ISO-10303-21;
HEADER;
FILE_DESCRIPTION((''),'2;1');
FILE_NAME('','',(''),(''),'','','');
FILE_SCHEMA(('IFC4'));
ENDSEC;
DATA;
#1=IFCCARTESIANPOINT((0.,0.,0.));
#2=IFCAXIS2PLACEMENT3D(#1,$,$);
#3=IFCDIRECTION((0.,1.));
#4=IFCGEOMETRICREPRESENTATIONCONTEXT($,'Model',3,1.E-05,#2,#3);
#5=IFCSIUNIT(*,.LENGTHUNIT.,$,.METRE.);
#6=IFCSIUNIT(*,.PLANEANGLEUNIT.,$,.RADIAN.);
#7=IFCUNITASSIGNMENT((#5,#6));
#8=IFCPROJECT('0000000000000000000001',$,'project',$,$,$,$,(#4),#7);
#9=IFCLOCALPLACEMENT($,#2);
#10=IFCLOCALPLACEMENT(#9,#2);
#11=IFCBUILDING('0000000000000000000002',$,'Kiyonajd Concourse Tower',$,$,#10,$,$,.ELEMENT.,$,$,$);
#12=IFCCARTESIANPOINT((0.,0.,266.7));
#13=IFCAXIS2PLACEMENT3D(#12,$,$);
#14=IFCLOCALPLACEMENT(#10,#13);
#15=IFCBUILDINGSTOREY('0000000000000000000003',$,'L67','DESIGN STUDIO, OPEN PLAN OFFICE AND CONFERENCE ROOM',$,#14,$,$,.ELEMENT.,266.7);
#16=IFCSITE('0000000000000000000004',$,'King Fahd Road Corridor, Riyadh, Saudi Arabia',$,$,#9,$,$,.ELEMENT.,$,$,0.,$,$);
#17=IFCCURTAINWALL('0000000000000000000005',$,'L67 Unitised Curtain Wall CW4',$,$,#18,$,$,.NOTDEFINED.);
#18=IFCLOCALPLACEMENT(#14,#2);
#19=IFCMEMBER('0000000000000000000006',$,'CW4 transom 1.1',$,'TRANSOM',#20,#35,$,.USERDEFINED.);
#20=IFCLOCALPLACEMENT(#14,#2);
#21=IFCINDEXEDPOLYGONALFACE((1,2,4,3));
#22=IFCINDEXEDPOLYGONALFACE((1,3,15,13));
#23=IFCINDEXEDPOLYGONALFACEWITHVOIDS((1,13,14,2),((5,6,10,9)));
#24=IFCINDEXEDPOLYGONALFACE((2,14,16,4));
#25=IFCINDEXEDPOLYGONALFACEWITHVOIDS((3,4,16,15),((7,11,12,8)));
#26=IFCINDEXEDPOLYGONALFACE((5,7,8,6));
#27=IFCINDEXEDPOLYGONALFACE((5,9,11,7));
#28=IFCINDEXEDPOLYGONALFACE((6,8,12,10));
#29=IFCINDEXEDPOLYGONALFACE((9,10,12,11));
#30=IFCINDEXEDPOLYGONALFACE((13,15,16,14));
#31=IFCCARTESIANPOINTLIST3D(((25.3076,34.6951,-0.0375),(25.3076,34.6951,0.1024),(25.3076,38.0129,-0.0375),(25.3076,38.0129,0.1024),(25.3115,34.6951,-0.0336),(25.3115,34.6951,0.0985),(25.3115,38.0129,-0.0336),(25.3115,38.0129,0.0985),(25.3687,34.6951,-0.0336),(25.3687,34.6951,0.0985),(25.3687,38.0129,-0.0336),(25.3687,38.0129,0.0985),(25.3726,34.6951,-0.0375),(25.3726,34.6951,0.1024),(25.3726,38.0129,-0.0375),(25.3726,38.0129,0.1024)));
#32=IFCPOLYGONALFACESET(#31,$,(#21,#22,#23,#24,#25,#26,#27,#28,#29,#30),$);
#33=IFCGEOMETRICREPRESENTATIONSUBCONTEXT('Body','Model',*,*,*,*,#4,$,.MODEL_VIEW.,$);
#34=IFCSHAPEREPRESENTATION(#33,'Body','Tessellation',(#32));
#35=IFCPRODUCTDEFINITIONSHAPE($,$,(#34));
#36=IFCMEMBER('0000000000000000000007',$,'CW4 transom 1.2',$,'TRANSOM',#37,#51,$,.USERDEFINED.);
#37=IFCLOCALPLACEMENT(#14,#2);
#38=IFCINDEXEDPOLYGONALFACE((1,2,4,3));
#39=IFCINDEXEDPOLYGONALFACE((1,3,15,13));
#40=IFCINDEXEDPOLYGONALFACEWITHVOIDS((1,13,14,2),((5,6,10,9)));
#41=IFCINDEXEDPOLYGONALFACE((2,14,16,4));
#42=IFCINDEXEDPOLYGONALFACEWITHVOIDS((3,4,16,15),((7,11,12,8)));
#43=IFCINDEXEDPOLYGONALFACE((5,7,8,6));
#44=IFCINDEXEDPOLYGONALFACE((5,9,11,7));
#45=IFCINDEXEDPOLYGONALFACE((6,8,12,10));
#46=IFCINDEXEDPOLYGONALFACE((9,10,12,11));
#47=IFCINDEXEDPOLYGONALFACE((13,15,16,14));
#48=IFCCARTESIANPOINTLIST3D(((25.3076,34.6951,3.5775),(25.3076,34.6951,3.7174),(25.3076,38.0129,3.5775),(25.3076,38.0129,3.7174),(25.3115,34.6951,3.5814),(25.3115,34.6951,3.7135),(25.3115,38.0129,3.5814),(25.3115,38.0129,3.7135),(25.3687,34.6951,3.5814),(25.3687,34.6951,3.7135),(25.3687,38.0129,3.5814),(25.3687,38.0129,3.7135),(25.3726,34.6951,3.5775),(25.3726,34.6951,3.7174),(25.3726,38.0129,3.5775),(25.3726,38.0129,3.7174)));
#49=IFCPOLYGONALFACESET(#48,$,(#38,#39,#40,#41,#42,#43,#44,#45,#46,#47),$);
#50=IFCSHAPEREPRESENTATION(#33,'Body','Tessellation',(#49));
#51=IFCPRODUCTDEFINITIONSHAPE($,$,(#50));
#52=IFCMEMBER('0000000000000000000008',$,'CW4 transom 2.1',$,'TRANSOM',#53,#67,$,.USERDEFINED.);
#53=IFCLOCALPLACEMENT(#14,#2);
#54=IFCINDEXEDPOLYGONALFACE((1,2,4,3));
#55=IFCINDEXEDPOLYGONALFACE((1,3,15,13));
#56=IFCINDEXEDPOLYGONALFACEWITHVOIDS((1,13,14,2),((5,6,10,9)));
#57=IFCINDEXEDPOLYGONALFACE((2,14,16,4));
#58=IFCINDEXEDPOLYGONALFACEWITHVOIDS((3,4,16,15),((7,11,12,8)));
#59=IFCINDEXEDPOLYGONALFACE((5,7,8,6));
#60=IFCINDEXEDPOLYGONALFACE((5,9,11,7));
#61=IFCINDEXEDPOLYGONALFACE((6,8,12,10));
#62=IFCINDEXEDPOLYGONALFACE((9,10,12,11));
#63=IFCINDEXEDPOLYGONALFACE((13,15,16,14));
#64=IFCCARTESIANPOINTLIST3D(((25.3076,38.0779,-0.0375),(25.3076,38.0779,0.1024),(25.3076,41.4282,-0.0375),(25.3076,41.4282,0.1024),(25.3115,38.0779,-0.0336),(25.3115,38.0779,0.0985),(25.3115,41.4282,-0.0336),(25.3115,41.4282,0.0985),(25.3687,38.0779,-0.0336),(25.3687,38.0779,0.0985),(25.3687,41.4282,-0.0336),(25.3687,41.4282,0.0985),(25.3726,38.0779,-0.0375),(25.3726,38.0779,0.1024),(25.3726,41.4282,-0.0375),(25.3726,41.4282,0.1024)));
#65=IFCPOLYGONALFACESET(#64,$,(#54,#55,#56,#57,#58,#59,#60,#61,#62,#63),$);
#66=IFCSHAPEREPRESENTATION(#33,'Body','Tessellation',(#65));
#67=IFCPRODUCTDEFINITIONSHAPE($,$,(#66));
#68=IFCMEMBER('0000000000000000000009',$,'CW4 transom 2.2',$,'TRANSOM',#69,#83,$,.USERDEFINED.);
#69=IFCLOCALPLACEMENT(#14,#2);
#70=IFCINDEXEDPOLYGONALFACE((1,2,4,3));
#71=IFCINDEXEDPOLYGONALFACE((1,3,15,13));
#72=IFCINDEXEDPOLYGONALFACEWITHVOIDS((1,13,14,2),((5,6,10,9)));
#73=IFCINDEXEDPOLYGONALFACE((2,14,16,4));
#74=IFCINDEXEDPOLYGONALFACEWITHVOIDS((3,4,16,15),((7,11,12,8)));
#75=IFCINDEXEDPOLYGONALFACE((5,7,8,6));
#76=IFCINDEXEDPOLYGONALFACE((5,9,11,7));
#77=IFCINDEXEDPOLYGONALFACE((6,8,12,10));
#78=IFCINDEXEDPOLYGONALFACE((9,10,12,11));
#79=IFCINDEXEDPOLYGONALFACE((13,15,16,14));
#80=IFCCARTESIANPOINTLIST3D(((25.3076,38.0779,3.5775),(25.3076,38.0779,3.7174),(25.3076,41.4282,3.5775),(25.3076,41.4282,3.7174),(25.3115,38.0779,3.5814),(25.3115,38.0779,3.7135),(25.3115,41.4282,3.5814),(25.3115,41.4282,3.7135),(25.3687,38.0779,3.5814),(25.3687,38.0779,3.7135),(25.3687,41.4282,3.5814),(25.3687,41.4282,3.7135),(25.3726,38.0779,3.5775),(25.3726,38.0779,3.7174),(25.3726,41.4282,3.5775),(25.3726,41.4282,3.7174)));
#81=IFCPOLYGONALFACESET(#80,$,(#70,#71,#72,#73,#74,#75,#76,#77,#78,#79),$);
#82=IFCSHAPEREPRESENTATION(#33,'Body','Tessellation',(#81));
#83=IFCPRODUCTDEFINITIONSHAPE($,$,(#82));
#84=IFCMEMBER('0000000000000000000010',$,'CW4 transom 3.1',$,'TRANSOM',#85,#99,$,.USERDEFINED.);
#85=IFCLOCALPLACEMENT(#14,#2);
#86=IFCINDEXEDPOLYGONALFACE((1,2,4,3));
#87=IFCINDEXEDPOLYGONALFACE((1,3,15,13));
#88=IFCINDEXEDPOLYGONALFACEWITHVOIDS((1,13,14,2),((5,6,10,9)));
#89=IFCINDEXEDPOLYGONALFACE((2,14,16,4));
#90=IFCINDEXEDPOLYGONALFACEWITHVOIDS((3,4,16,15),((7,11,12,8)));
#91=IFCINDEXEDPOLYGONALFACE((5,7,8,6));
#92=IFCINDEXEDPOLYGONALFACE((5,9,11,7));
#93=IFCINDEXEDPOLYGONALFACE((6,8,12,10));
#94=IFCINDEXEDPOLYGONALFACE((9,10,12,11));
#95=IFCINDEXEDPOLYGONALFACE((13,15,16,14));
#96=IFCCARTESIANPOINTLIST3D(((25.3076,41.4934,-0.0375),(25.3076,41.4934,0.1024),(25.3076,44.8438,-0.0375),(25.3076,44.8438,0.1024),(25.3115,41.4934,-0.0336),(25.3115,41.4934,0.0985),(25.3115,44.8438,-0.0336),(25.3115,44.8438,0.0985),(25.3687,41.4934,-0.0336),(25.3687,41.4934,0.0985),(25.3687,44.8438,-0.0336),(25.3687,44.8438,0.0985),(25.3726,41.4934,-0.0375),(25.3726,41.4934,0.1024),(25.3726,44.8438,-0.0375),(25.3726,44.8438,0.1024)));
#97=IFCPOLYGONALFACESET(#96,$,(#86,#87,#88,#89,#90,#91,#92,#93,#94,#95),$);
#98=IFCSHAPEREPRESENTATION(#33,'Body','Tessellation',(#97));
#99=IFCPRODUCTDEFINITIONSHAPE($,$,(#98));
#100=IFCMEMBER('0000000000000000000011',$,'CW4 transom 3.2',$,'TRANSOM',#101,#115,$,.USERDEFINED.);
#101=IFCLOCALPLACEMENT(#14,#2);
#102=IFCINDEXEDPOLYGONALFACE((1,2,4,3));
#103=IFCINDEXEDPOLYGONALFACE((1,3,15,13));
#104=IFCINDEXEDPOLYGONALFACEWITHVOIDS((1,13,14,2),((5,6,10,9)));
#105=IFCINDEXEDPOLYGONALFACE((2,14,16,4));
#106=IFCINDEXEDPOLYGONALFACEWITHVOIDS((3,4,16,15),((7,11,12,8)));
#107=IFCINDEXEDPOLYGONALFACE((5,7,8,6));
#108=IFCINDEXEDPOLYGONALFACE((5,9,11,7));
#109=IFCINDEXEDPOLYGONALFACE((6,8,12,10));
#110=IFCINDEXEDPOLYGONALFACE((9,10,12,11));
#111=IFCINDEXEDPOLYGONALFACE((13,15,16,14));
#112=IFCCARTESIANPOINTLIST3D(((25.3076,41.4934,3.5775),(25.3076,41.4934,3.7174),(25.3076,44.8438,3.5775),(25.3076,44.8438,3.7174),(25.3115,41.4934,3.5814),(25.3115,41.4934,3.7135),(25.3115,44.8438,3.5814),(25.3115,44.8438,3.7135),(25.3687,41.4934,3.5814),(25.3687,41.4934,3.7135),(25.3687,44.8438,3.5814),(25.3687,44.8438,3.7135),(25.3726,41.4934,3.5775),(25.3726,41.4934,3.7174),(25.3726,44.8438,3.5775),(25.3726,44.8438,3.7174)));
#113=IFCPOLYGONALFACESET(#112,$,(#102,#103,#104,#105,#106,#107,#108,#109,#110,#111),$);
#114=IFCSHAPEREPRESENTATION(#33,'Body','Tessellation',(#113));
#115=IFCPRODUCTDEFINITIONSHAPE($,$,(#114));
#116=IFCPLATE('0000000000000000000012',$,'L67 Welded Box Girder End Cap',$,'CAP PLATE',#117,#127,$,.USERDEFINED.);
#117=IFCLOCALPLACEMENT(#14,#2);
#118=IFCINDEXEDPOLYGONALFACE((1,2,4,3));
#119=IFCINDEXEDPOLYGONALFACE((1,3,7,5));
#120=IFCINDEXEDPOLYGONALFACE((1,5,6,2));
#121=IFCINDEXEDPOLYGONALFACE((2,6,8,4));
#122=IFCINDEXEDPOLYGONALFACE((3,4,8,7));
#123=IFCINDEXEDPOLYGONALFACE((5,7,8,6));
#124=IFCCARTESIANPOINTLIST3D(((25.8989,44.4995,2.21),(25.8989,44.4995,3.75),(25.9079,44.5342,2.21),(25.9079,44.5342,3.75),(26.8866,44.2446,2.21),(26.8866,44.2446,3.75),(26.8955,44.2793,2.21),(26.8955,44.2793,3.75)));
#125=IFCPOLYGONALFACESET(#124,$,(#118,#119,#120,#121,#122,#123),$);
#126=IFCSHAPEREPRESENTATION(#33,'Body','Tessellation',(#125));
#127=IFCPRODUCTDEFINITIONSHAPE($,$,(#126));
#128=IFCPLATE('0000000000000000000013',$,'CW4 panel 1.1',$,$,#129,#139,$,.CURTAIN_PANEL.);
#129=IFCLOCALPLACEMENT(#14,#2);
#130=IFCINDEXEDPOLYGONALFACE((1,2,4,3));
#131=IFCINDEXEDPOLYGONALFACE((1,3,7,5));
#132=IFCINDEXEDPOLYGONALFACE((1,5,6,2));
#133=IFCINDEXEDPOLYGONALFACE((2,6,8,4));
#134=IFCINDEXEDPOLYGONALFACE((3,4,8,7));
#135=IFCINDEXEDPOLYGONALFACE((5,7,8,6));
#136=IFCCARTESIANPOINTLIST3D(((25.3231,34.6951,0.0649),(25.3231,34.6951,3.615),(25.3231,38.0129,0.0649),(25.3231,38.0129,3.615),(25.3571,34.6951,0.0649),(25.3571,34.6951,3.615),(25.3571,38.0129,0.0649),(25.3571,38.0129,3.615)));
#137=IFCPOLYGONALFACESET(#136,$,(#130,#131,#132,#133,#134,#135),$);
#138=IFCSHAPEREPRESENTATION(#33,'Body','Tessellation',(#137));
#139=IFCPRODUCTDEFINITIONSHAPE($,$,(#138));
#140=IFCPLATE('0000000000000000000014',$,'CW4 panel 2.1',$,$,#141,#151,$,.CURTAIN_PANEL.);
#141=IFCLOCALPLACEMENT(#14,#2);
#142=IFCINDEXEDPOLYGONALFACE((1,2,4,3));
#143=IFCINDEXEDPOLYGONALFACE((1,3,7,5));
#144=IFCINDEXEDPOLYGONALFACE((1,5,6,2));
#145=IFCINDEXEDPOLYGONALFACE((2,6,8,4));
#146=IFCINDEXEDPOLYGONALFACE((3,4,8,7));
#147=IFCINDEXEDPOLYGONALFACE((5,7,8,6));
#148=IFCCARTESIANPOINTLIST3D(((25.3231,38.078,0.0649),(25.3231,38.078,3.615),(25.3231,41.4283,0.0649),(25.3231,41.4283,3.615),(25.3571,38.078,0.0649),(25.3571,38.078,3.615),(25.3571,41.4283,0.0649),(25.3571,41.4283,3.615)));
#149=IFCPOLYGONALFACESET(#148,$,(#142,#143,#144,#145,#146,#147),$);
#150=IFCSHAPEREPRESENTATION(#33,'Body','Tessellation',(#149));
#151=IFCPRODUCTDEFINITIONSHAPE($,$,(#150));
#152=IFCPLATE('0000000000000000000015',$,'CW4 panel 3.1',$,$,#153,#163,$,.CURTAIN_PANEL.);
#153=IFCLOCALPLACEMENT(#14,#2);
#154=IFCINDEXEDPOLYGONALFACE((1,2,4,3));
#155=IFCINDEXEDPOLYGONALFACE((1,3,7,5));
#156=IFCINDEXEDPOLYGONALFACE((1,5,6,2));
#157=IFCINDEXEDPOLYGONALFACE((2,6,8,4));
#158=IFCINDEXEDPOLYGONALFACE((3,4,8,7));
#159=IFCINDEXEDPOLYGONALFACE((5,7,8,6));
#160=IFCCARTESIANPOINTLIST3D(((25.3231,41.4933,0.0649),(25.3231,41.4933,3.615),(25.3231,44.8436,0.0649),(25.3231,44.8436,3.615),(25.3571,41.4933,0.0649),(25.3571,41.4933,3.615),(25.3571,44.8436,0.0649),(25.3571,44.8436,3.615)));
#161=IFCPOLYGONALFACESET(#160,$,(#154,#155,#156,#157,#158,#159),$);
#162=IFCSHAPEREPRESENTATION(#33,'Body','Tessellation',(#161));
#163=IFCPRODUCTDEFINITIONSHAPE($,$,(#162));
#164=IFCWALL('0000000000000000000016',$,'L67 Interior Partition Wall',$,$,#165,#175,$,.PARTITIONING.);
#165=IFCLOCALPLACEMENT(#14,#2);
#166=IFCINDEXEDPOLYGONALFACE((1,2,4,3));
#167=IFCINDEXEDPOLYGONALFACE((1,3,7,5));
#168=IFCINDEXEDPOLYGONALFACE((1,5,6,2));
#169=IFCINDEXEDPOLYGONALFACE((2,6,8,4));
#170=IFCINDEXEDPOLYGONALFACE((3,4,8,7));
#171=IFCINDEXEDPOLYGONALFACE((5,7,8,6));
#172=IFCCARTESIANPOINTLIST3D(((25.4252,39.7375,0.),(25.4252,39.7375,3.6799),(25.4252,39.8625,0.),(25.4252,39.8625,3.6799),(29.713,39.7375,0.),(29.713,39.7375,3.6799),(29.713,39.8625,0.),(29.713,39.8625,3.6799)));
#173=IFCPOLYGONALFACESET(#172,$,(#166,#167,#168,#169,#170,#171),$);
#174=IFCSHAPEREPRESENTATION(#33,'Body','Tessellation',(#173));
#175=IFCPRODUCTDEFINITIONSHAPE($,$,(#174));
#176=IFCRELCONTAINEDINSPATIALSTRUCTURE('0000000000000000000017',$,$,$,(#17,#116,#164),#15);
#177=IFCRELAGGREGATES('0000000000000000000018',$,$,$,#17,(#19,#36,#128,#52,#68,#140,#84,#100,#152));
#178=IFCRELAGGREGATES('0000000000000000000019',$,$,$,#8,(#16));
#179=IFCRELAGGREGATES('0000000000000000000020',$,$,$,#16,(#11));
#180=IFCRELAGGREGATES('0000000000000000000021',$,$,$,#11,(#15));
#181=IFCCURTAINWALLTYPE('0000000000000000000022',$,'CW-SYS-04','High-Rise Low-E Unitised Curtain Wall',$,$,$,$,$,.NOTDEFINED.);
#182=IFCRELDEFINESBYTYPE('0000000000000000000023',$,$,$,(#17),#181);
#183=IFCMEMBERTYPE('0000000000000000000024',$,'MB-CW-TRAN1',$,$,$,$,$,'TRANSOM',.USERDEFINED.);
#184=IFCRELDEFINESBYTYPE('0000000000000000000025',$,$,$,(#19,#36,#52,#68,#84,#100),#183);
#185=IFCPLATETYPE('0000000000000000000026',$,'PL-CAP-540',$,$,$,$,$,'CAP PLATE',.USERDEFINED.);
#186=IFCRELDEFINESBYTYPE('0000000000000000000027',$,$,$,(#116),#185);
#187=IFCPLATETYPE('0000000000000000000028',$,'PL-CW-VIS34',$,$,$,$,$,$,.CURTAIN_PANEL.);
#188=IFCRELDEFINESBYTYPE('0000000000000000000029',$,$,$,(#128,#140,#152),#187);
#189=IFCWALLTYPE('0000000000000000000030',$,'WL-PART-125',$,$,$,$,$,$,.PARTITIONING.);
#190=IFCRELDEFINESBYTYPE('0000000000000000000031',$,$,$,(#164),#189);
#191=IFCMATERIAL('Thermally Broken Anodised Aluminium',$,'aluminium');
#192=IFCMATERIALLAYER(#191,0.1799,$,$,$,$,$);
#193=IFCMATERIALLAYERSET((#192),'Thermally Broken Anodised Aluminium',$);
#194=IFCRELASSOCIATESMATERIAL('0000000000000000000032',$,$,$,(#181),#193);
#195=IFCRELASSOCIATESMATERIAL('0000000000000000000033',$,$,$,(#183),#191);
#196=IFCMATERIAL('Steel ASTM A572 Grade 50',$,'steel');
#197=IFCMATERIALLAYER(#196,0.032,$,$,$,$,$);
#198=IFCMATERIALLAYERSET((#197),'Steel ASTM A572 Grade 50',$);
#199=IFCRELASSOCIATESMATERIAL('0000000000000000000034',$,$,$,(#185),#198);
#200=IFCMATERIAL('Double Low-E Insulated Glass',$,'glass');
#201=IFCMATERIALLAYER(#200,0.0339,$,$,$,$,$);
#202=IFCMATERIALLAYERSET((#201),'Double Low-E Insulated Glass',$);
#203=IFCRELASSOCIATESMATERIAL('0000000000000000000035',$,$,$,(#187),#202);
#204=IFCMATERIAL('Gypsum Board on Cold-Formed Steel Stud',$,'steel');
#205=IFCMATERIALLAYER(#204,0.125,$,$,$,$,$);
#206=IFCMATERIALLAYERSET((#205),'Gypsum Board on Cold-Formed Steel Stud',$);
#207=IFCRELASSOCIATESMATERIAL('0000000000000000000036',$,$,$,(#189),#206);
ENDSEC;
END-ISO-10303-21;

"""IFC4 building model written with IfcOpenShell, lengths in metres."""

from ifc_helpers import new_model, si_unit, direction, frame, frame_2d, origin, origin_2d, place, context, subcontext, project, spatial, rectangle, hollow_rectangle, extrude, material, layer, layer_set, material_profile, profile_set, type_object, element, aggregate, save


model = new_model("IFC4")

# Units and contexts
model_context = context("Model", 3, precision=1e-05, world=origin(), true_north=direction((0.0, 1.0)))
body_context = subcontext(model_context, "Body", "Model", "MODEL_VIEW")
ifc_project = project(units=[si_unit("LENGTHUNIT", "METRE"), si_unit("PLANEANGLEUNIT", "RADIAN")], contexts=[model_context])

# Site, building, storey
site_placement = place(None, origin())
site = spatial("IfcSite", under=ifc_project, at=site_placement, Name="King Fahd Road Corridor, Riyadh, Saudi Arabia", CompositionType="ELEMENT", RefElevation=0.0)
building_placement = place(site_placement, origin())
building = spatial("IfcBuilding", under=site, at=building_placement, Name="Kiyonajd Concourse Tower", CompositionType="ELEMENT")
storey_placement = place(building_placement, frame((0.0, 0.0, 266.7)))
storey = spatial("IfcBuildingStorey", under=building, at=storey_placement, Name="L67", Description="DESIGN STUDIO, OPEN PLAN OFFICE AND CONFERENCE ROOM", CompositionType="ELEMENT", Elevation=266.7)

# Curtain wall, members
ifc_material_1 = material(Name="Thermally Broken Anodised Aluminium", Category="aluminium")
ifc_layer_1 = layer(ifc_material_1, 0.1799)
ifc_layer_set_1 = layer_set([ifc_layer_1], Name="Thermally Broken Anodised Aluminium")
curtain_wall_type = type_object("IfcCurtainWallType", Name="CW-SYS-04", Description="High-Rise Low-E Unitised Curtain Wall", PredefinedType="NOTDEFINED", material=ifc_layer_set_1)
curtain_wall_placement = place(storey_placement, origin())
curtain_wall = element("IfcCurtainWall", 1, at=curtain_wall_placement, inside=storey, type_object=curtain_wall_type, Name="L67 Unitised Curtain Wall CW4", PredefinedType="NOTDEFINED")
ifc_material_profile_1 = material_profile(ifc_material_1, hollow_rectangle(XDim=0.0649, YDim=0.1399, WallThickness=0.0039, at=origin_2d()), Name="TRAN-65x140")
ifc_profile_set_1 = profile_set([ifc_material_profile_1], Name="Thermally Broken Anodised Aluminium")
member_type_1 = type_object("IfcMemberType", Name="MB-CW-TRAN1", ElementType="TRANSOM", PredefinedType="USERDEFINED", material=ifc_profile_set_1)
member_1_placement = place(storey_placement, frame((25.3401, 34.6951, 0.0325), z_axis=(0.0, 1.0, 0.0), x_axis=(-1.0, 0.0, 0.0)))
member_1 = element("IfcMember", 2, at=member_1_placement, type_object=member_type_1, Name="CW4 transom 1.1", ObjectType="TRANSOM", PredefinedType="USERDEFINED", context=body_context, shape_type="SweptSolid", body=[
    extrude(hollow_rectangle(XDim=0.0649, YDim=0.1399, WallThickness=0.0039, at=origin_2d()), origin(), (0.0, 0.0, 1.0), 3.3179),
])
member_2_placement = place(storey_placement, frame((25.3401, 34.6951, 3.6475), z_axis=(0.0, 1.0, 0.0), x_axis=(-1.0, 0.0, 0.0)))
member_2 = element("IfcMember", 3, at=member_2_placement, type_object=member_type_1, Name="CW4 transom 1.2", ObjectType="TRANSOM", PredefinedType="USERDEFINED", context=body_context, shape_type="SweptSolid", body=[
    extrude(hollow_rectangle(XDim=0.0649, YDim=0.1399, WallThickness=0.0039, at=origin_2d()), origin(), (0.0, 0.0, 1.0), 3.3179),
])
member_3_placement = place(storey_placement, frame((25.3401, 38.0779, 0.0325), z_axis=(0.0, 1.0, 0.0), x_axis=(-1.0, 0.0, 0.0)))
member_3 = element("IfcMember", 4, at=member_3_placement, type_object=member_type_1, Name="CW4 transom 2.1", ObjectType="TRANSOM", PredefinedType="USERDEFINED", context=body_context, shape_type="SweptSolid", body=[
    extrude(hollow_rectangle(XDim=0.0649, YDim=0.1399, WallThickness=0.0039, at=origin_2d()), origin(), (0.0, 0.0, 1.0), 3.3503),
])
member_4_placement = place(storey_placement, frame((25.3401, 38.0779, 3.6475), z_axis=(0.0, 1.0, 0.0), x_axis=(-1.0, 0.0, 0.0)))
member_4 = element("IfcMember", 5, at=member_4_placement, type_object=member_type_1, Name="CW4 transom 2.2", ObjectType="TRANSOM", PredefinedType="USERDEFINED", context=body_context, shape_type="SweptSolid", body=[
    extrude(hollow_rectangle(XDim=0.0649, YDim=0.1399, WallThickness=0.0039, at=origin_2d()), origin(), (0.0, 0.0, 1.0), 3.3503),
])
member_5_placement = place(storey_placement, frame((25.3401, 41.4934, 0.0325), z_axis=(0.0, 1.0, 0.0), x_axis=(-1.0, 0.0, 0.0)))
member_5 = element("IfcMember", 6, at=member_5_placement, type_object=member_type_1, Name="CW4 transom 3.1", ObjectType="TRANSOM", PredefinedType="USERDEFINED", context=body_context, shape_type="SweptSolid", body=[
    extrude(hollow_rectangle(XDim=0.0649, YDim=0.1399, WallThickness=0.0039, at=origin_2d()), origin(), (0.0, 0.0, 1.0), 3.3503),
])
member_6_placement = place(storey_placement, frame((25.3401, 41.4934, 3.6475), z_axis=(0.0, 1.0, 0.0), x_axis=(-1.0, 0.0, 0.0)))
member_6 = element("IfcMember", 7, at=member_6_placement, type_object=member_type_1, Name="CW4 transom 3.2", ObjectType="TRANSOM", PredefinedType="USERDEFINED", context=body_context, shape_type="SweptSolid", body=[
    extrude(hollow_rectangle(XDim=0.0649, YDim=0.1399, WallThickness=0.0039, at=origin_2d()), origin(), (0.0, 0.0, 1.0), 3.3503),
])

# Plates
ifc_material_2 = material(Name="Steel ASTM A572 Grade 50", Category="steel")
ifc_layer_2 = layer(ifc_material_2, 0.032)
ifc_layer_set_2 = layer_set([ifc_layer_2], Name="Steel ASTM A572 Grade 50")
plate_type_1 = type_object("IfcPlateType", Name="PL-CAP-540", ElementType="CAP PLATE", PredefinedType="USERDEFINED", material=ifc_layer_set_2)
plate_1_placement = place(storey_placement, frame((26.3972, 44.3894, 2.21), z_axis=(0.0, 0.0, 1.0), x_axis=(-0.249873, -0.968279, 0.0)))
element("IfcPlate", 8, at=plate_1_placement, inside=storey, type_object=plate_type_1, Name="L67 Welded Box Girder End Cap", ObjectType="CAP PLATE", PredefinedType="USERDEFINED", context=body_context, shape_type="SweptSolid", body=[
    extrude(rectangle(XDim=0.0359, YDim=1.02, at=origin_2d()), origin(), (0.0, 0.0, 1.0), 1.54),
])
ifc_material_3 = material(Name="Double Low-E Insulated Glass", Category="glass")
ifc_layer_3 = layer(ifc_material_3, 0.0339)
ifc_layer_set_3 = layer_set([ifc_layer_3], Name="Double Low-E Insulated Glass")
plate_type_2 = type_object("IfcPlateType", Name="PL-CW-VIS34", PredefinedType="CURTAIN_PANEL", material=ifc_layer_set_3)
plate_2_placement = place(storey_placement, frame((25.3401, 36.354, 0.0649), z_axis=(0.0, 0.0, 1.0), x_axis=(0.0, 1.0, 0.0)))
plate_2 = element("IfcPlate", 9, at=plate_2_placement, type_object=plate_type_2, Name="CW4 panel 1.1", PredefinedType="CURTAIN_PANEL", context=body_context, shape_type="SweptSolid", body=[
    extrude(rectangle(XDim=3.3179, YDim=0.0339, at=origin_2d()), origin(), (0.0, 0.0, 1.0), 3.55),
])
plate_3_placement = place(storey_placement, frame((25.3401, 39.7532, 0.0649), z_axis=(0.0, 0.0, 1.0), x_axis=(0.0, 1.0, 0.0)))
plate_3 = element("IfcPlate", 10, at=plate_3_placement, type_object=plate_type_2, Name="CW4 panel 2.1", PredefinedType="CURTAIN_PANEL", context=body_context, shape_type="SweptSolid", body=[
    extrude(rectangle(XDim=3.3503, YDim=0.0339, at=origin_2d()), origin(), (0.0, 0.0, 1.0), 3.55),
])
plate_4_placement = place(storey_placement, frame((25.3401, 43.1685, 0.0649), z_axis=(0.0, 0.0, 1.0), x_axis=(0.0, 1.0, 0.0)))
plate_4 = element("IfcPlate", 11, at=plate_4_placement, type_object=plate_type_2, Name="CW4 panel 3.1", PredefinedType="CURTAIN_PANEL", context=body_context, shape_type="SweptSolid", body=[
    extrude(rectangle(XDim=3.3503, YDim=0.0339, at=origin_2d()), origin(), (0.0, 0.0, 1.0), 3.55),
])
aggregate(curtain_wall, [member_1, member_2, plate_2, member_3, member_4, plate_3, member_5, member_6, plate_4])

# Wall
ifc_material_4 = material(Name="Gypsum Board on Cold-Formed Steel Stud", Category="steel")
ifc_layer_4 = layer(ifc_material_4, 0.125)
ifc_layer_set_4 = layer_set([ifc_layer_4], Name="Gypsum Board on Cold-Formed Steel Stud")
wall_type = type_object("IfcWallType", Name="WL-PART-125", PredefinedType="PARTITIONING", material=ifc_layer_set_4)
wall_placement = place(storey_placement, frame((25.425, 39.8, 0.0), z_axis=(0.0, 0.0, 1.0), x_axis=(1.0, 0.0, 0.0)))
element("IfcWall", 12, at=wall_placement, inside=storey, type_object=wall_type, Name="L67 Interior Partition Wall", PredefinedType="PARTITIONING", context=body_context, shape_type="SweptSolid", body=[
    extrude(rectangle(XDim=4.2878, YDim=0.125, at=frame_2d((2.144, 0.0))), origin(), (0.0, 0.0, 1.0), 3.6799),
])

save(model, "model.ifc")
